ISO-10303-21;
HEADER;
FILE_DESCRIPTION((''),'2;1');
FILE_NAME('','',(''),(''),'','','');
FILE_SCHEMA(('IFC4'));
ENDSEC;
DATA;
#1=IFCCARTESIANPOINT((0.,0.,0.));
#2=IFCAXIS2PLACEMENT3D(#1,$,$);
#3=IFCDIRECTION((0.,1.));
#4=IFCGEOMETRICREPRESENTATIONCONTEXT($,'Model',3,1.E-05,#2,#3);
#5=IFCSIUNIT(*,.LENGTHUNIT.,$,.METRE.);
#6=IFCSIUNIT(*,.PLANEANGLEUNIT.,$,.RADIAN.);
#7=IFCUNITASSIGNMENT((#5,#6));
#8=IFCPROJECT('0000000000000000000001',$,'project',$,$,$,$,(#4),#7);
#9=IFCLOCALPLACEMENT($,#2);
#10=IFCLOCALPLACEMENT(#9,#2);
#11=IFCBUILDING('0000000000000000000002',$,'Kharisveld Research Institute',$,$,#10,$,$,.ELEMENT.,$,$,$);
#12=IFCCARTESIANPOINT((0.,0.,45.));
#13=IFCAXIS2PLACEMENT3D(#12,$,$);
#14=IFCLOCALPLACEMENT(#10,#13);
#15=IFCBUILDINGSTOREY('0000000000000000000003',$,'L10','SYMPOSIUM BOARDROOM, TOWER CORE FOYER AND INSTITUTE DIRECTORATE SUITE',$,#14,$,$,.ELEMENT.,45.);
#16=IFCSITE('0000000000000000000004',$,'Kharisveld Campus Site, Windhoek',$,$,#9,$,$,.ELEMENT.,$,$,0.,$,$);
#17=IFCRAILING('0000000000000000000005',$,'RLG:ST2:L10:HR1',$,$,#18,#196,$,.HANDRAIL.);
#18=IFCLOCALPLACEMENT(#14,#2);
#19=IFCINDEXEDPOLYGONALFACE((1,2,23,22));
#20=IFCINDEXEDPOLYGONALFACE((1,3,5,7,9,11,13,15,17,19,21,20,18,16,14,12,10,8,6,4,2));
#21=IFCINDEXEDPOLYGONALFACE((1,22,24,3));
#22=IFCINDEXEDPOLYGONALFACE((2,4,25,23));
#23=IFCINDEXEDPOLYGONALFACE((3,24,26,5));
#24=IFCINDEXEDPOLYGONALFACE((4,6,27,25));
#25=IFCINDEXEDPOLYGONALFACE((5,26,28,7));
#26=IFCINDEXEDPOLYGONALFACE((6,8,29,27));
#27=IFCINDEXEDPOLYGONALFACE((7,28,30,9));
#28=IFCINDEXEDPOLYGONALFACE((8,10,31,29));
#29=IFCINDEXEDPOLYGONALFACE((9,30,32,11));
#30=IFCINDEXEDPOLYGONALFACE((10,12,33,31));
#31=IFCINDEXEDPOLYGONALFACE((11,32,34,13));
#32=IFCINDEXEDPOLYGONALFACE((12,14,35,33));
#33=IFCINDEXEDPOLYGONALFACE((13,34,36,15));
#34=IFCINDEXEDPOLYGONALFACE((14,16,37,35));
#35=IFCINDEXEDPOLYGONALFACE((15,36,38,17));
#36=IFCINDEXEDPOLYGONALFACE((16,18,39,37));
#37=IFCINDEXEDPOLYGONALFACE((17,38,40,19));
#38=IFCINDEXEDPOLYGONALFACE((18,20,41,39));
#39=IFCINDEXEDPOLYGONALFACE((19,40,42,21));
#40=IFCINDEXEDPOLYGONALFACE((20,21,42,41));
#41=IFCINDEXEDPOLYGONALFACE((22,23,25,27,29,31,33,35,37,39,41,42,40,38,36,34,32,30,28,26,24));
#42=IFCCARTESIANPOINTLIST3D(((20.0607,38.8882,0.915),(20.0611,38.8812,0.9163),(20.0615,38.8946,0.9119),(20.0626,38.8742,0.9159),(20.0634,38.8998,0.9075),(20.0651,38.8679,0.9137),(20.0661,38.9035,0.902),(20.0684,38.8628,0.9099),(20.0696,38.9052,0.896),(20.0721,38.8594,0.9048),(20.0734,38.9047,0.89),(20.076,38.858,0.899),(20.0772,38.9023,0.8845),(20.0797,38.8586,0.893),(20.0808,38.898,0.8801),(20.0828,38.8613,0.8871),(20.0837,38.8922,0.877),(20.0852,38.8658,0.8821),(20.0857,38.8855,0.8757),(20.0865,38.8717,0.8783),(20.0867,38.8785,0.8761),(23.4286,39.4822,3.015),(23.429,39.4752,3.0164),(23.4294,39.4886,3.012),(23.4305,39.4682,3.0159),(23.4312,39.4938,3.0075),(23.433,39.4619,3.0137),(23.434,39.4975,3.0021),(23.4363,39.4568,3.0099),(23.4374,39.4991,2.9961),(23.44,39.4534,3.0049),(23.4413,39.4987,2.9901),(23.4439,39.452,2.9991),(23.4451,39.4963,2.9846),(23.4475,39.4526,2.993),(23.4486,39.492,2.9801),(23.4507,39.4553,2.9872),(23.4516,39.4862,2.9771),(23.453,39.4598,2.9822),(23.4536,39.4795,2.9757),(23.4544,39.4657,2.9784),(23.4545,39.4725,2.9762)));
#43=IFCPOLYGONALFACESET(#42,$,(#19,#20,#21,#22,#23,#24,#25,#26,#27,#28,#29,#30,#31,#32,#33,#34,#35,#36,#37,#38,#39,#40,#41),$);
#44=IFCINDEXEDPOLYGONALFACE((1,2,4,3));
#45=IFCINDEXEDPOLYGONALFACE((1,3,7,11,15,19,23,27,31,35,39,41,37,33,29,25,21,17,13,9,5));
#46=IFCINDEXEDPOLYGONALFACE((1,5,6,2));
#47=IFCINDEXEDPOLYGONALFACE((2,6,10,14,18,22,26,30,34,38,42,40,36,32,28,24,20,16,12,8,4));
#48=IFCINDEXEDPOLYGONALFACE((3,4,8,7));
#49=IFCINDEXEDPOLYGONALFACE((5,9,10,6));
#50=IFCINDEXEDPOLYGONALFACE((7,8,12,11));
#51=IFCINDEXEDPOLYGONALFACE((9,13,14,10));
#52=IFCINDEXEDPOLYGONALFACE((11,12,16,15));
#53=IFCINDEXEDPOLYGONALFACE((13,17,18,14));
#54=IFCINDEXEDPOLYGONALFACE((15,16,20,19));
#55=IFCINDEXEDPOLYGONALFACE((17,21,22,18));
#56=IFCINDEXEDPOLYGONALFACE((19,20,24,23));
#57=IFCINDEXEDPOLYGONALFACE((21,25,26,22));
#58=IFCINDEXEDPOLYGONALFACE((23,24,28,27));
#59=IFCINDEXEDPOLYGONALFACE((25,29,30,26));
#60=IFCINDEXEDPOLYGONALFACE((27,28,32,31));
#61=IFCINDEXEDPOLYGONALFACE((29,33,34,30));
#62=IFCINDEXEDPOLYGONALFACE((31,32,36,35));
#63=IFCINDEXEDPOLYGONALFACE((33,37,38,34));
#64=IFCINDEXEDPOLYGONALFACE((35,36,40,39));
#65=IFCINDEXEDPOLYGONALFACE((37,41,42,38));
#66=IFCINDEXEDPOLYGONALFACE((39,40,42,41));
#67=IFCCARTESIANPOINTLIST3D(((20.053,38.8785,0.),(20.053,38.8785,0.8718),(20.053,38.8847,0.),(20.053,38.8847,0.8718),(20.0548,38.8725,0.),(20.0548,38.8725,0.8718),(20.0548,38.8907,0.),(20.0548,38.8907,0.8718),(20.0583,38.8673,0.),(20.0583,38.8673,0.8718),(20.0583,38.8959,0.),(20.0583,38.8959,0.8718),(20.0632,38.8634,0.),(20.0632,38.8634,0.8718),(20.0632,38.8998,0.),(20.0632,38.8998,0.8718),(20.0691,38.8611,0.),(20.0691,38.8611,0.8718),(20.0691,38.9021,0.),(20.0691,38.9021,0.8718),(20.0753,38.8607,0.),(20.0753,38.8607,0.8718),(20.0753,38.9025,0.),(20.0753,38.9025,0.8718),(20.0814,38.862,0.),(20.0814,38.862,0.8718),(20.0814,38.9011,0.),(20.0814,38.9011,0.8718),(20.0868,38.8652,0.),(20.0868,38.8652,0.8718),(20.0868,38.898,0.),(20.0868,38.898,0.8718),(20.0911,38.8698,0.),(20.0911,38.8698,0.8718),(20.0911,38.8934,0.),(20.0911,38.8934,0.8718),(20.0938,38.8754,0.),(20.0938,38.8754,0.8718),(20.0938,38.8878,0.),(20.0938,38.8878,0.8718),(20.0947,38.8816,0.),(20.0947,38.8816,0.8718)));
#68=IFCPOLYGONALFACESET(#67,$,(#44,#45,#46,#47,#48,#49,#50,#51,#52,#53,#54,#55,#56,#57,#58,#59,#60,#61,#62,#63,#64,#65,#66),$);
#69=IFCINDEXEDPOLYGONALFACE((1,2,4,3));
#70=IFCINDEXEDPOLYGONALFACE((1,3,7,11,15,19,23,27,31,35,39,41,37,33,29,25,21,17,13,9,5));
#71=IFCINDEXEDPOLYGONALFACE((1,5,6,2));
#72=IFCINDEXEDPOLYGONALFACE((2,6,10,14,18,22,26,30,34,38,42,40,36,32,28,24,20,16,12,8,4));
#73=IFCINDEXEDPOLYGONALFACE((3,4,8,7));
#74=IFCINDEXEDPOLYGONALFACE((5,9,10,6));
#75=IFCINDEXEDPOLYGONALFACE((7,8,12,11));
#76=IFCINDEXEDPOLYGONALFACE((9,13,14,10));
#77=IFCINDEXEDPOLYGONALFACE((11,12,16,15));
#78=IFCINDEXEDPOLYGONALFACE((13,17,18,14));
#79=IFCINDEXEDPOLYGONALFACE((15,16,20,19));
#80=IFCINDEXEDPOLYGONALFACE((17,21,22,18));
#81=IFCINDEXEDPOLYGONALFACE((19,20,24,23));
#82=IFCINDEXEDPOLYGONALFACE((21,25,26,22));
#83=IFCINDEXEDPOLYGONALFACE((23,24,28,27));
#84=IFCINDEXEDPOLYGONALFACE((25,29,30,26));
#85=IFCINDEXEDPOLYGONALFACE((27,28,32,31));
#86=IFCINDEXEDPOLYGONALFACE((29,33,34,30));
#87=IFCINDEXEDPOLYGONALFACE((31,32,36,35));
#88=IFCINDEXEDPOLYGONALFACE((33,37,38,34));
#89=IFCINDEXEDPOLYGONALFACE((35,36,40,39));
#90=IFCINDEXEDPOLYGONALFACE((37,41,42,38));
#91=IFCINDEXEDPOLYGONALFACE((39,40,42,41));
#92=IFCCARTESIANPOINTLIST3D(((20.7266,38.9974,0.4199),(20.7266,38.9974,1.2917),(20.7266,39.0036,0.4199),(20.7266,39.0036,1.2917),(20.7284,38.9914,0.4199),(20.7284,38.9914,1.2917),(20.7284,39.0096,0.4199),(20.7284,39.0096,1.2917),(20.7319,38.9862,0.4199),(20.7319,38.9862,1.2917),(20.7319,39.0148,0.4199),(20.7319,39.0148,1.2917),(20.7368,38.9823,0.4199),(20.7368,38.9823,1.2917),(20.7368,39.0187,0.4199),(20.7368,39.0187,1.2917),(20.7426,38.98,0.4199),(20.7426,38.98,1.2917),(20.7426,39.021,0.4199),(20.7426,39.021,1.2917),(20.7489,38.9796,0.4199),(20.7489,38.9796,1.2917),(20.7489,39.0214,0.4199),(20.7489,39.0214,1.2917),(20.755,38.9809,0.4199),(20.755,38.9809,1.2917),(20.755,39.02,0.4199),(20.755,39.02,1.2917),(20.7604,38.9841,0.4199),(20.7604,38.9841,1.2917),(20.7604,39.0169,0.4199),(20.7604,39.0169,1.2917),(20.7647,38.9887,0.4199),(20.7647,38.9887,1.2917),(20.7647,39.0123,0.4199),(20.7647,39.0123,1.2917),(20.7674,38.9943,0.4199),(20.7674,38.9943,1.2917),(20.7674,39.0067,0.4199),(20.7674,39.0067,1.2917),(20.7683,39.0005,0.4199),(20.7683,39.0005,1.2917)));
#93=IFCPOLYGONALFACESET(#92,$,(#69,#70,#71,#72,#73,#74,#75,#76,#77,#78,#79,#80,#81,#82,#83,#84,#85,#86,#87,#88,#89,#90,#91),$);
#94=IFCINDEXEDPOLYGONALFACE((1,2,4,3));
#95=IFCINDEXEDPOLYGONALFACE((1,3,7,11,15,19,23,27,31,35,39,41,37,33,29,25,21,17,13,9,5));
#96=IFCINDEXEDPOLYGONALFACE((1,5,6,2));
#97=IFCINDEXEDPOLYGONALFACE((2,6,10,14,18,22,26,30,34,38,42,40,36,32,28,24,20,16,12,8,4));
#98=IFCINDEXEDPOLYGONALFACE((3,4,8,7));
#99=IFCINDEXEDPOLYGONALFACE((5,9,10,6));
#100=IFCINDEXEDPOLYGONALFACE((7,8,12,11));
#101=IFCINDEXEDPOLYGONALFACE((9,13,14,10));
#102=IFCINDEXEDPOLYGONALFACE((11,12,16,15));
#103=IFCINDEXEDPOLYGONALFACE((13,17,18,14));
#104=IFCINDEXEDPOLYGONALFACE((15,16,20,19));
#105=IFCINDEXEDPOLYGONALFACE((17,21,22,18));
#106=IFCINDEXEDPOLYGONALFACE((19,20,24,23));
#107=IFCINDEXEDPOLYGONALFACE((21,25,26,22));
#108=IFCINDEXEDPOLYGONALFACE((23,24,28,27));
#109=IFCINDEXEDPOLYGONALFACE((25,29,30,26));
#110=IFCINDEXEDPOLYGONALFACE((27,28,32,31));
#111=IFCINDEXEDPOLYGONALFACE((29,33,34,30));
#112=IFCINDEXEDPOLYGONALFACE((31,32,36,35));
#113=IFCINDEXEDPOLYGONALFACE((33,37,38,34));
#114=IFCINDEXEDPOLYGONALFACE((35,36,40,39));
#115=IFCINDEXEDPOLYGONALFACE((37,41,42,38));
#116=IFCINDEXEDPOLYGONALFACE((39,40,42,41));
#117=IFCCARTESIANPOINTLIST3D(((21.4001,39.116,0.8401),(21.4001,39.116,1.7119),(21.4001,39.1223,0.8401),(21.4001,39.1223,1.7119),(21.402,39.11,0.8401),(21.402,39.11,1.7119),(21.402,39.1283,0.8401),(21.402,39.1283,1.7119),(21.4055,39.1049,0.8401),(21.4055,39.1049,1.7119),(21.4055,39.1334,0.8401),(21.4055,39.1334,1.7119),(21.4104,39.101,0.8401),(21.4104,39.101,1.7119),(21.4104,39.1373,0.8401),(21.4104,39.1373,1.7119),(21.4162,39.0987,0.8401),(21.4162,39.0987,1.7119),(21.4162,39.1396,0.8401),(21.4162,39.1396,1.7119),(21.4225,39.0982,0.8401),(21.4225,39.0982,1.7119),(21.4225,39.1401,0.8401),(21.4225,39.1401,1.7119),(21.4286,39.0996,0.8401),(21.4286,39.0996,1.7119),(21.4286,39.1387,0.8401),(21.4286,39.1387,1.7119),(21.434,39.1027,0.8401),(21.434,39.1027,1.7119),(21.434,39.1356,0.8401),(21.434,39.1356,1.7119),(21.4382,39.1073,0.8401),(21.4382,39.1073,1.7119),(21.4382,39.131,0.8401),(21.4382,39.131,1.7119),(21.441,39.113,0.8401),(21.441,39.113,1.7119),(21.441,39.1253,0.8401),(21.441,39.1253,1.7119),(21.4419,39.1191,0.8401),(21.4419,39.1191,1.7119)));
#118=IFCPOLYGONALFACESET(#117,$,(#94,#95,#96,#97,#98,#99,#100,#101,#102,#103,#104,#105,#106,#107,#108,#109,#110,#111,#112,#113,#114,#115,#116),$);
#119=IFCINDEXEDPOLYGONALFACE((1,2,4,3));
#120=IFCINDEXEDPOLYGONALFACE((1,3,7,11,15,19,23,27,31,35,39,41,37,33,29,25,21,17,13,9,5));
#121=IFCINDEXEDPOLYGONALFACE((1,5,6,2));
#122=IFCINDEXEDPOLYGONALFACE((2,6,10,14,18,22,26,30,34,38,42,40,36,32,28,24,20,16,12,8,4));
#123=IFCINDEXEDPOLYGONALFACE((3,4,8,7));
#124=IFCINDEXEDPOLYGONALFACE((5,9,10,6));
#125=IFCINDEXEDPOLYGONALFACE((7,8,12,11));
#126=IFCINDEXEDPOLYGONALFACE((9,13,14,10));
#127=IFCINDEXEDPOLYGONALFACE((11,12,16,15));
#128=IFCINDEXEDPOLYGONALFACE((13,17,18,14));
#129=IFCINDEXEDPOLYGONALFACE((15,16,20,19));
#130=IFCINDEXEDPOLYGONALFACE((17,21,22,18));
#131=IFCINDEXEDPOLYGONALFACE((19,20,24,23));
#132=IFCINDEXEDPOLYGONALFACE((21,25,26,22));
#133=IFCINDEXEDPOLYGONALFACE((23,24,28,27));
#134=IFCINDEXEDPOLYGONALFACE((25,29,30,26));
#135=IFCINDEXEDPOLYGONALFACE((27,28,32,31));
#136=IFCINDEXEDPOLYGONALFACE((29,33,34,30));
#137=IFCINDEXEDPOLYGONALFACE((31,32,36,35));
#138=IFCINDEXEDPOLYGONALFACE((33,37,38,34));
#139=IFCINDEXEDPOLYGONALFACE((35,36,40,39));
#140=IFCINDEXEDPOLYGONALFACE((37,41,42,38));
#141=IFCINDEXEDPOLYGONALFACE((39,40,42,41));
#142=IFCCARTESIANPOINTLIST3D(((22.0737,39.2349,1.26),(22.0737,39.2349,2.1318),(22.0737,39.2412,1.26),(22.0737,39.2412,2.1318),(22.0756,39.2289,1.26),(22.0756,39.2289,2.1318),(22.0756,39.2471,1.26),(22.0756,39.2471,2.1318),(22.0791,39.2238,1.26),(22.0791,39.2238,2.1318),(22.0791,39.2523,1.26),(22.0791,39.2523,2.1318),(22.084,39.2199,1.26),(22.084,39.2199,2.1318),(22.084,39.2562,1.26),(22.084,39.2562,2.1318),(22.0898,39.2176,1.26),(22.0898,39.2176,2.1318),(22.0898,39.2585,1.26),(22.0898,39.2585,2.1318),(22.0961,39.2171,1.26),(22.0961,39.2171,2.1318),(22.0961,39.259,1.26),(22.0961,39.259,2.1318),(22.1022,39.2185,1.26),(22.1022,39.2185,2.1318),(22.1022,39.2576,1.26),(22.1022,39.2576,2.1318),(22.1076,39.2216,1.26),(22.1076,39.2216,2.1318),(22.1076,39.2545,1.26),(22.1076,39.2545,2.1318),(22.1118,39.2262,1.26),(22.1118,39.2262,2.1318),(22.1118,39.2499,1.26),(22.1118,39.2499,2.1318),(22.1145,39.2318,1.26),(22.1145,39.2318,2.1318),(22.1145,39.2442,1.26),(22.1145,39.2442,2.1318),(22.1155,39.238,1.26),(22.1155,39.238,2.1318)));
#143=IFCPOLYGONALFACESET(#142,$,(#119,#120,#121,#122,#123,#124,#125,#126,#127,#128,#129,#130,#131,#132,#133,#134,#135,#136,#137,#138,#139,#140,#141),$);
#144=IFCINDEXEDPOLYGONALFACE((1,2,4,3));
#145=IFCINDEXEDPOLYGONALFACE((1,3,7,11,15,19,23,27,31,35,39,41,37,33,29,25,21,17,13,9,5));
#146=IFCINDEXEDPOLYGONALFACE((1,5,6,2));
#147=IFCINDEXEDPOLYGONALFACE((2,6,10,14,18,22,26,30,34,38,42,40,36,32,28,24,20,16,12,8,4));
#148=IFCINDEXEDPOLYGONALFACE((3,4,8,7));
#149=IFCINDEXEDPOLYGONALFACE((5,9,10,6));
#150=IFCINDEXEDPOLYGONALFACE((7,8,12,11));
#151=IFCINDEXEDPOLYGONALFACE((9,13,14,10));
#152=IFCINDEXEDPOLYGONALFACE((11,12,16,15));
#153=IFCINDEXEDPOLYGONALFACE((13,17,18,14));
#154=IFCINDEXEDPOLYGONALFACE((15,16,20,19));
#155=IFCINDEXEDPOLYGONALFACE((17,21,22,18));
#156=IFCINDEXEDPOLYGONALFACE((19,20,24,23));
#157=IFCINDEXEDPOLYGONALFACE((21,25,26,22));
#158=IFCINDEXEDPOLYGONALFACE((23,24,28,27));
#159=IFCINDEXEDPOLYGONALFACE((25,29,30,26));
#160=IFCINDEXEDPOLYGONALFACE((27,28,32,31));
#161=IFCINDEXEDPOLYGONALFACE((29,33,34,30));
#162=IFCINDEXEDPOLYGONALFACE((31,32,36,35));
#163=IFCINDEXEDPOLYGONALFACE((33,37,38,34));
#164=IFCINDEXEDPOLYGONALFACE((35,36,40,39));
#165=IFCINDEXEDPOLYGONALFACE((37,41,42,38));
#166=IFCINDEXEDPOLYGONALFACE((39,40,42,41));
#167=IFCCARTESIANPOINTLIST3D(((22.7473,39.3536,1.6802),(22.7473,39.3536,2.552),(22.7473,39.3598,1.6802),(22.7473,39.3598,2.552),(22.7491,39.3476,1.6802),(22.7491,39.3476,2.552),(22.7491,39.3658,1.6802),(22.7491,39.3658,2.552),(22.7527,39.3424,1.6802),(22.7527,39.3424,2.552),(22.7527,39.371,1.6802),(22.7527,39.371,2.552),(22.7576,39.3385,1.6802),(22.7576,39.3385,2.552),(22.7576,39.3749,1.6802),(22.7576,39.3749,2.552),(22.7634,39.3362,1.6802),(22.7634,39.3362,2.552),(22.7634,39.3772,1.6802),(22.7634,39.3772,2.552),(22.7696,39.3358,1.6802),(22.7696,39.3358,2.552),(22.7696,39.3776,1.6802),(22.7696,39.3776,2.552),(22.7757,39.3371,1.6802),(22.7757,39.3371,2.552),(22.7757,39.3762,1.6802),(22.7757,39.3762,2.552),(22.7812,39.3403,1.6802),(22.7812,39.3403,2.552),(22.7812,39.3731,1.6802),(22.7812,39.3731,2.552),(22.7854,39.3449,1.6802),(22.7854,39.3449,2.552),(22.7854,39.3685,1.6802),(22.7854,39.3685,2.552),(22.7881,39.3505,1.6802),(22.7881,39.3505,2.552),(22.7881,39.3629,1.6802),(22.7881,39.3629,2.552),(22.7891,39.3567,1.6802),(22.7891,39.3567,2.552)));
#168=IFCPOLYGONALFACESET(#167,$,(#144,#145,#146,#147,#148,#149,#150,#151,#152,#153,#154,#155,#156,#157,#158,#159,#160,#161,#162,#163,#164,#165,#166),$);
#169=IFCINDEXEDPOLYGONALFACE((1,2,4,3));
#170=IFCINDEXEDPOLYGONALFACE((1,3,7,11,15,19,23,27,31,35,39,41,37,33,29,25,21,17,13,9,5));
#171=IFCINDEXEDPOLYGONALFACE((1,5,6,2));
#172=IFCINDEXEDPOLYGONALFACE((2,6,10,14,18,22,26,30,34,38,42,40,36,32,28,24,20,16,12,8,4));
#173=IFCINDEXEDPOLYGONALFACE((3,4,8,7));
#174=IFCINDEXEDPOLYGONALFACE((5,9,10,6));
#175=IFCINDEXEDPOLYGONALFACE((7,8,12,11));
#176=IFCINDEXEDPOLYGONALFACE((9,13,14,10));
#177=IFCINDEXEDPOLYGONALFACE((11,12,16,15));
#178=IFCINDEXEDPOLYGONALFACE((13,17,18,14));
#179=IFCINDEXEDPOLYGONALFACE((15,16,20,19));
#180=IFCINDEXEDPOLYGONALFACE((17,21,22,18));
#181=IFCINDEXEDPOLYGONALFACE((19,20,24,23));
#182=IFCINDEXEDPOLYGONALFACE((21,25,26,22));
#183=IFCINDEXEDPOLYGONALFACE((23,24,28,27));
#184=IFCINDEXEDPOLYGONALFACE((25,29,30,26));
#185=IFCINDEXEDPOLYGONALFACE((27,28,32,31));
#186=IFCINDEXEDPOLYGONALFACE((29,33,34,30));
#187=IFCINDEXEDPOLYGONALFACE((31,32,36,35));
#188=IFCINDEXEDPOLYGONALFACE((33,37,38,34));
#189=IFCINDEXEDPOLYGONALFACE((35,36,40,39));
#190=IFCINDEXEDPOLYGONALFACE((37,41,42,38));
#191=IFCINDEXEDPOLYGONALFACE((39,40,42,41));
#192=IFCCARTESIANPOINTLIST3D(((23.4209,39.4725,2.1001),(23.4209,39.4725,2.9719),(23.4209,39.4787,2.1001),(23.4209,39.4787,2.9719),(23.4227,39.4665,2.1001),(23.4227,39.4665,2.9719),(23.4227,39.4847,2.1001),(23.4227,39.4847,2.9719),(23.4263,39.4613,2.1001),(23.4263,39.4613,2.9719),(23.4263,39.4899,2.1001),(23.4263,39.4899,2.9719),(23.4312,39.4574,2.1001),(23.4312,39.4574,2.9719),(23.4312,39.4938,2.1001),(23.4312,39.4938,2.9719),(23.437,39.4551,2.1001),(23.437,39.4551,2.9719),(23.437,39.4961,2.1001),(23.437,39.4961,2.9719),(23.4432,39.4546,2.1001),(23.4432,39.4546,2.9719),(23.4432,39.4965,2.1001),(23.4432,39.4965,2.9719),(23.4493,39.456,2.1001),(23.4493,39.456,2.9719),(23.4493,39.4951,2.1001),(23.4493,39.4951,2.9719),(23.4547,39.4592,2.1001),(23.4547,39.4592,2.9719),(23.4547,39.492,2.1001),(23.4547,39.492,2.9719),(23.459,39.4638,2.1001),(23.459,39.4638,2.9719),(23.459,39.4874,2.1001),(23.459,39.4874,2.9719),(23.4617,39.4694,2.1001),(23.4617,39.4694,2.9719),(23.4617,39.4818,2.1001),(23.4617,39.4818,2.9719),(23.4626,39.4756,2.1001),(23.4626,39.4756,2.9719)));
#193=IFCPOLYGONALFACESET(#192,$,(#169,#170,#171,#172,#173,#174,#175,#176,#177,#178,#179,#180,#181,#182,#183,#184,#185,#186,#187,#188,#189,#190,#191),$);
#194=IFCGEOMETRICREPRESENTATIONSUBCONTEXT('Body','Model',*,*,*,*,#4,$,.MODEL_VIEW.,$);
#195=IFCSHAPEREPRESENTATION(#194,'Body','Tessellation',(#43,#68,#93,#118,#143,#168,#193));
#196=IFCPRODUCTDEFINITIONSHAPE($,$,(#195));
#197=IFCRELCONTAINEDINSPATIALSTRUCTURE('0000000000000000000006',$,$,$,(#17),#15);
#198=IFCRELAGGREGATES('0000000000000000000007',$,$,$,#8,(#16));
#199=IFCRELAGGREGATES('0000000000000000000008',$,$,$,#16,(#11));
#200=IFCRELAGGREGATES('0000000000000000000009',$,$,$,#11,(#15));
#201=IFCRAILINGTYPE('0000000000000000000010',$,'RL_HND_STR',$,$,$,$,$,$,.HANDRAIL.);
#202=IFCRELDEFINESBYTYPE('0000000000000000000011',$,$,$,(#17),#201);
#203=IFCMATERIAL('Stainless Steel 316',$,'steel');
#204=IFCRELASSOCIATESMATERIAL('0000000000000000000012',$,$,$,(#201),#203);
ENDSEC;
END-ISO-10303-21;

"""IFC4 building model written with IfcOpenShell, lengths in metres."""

from ifc_helpers import new_model, si_unit, direction, frame, origin, origin_2d, place, context, subcontext, project, spatial, circle, extrude, material, type_object, element, save


model = new_model("IFC4")

# Units and contexts
model_context = context("Model", 3, precision=1e-05, world=origin(), true_north=direction((0.0, 1.0)))
body_context = subcontext(model_context, "Body", "Model", "MODEL_VIEW")
ifc_project = project(units=[si_unit("LENGTHUNIT", "METRE"), si_unit("PLANEANGLEUNIT", "RADIAN")], contexts=[model_context])

# Site, building, storey
site_placement = place(None, origin())
site = spatial("IfcSite", under=ifc_project, at=site_placement, Name="Kharisveld Campus Site, Windhoek", CompositionType="ELEMENT", RefElevation=0.0)
building_placement = place(site_placement, origin())
building = spatial("IfcBuilding", under=site, at=building_placement, Name="Kharisveld Research Institute", CompositionType="ELEMENT")
storey_placement = place(building_placement, frame((0.0, 0.0, 45.0)))
storey = spatial("IfcBuildingStorey", under=building, at=storey_placement, Name="L10", Description="SYMPOSIUM BOARDROOM, TOWER CORE FOYER AND INSTITUTE DIRECTORATE SUITE", CompositionType="ELEMENT", Elevation=45.0)

# Railing
ifc_material_1 = material(Name="Stainless Steel 316", Category="steel")
railing_type = type_object("IfcRailingType", Name="RL_HND_STR", PredefinedType="HANDRAIL", material=ifc_material_1)
railing_1_placement = place(storey_placement, frame((20.0737, 38.8816, 0.0)))
element("IfcRailing", 1, at=railing_1_placement, inside=storey, type_object=railing_type, Name="RLG:ST2:L10:HR1", PredefinedType="HANDRAIL", context=body_context, shape_type="SweptSolid", body=[
    extrude(circle(Radius=0.0239, at=origin_2d()), frame((0.0, 0.0, 0.896), z_axis=(0.839201, 0.148008, 0.523292), x_axis=(-0.173688, 0.984801, 0.0)), (0.0, 0.0, 1.0), 4.0132),
    extrude(circle(Radius=0.021, at=origin_2d()), origin(), (0.0, 0.0, 1.0), 0.8718),
    extrude(circle(Radius=0.021, at=origin_2d()), frame((0.6736, 0.1189, 0.4199)), (0.0, 0.0, 1.0), 0.8718),
    extrude(circle(Radius=0.021, at=origin_2d()), frame((1.3472, 0.2375, 0.8401)), (0.0, 0.0, 1.0), 0.8718),
    extrude(circle(Radius=0.021, at=origin_2d()), frame((2.0208, 0.3564, 1.26)), (0.0, 0.0, 1.0), 0.8718),
    extrude(circle(Radius=0.021, at=origin_2d()), frame((2.6943, 0.4751, 1.6802)), (0.0, 0.0, 1.0), 0.8718),
    extrude(circle(Radius=0.021, at=origin_2d()), frame((3.3679, 0.594, 2.1001)), (0.0, 0.0, 1.0), 0.8718),
])

save(model, "model.ifc")
